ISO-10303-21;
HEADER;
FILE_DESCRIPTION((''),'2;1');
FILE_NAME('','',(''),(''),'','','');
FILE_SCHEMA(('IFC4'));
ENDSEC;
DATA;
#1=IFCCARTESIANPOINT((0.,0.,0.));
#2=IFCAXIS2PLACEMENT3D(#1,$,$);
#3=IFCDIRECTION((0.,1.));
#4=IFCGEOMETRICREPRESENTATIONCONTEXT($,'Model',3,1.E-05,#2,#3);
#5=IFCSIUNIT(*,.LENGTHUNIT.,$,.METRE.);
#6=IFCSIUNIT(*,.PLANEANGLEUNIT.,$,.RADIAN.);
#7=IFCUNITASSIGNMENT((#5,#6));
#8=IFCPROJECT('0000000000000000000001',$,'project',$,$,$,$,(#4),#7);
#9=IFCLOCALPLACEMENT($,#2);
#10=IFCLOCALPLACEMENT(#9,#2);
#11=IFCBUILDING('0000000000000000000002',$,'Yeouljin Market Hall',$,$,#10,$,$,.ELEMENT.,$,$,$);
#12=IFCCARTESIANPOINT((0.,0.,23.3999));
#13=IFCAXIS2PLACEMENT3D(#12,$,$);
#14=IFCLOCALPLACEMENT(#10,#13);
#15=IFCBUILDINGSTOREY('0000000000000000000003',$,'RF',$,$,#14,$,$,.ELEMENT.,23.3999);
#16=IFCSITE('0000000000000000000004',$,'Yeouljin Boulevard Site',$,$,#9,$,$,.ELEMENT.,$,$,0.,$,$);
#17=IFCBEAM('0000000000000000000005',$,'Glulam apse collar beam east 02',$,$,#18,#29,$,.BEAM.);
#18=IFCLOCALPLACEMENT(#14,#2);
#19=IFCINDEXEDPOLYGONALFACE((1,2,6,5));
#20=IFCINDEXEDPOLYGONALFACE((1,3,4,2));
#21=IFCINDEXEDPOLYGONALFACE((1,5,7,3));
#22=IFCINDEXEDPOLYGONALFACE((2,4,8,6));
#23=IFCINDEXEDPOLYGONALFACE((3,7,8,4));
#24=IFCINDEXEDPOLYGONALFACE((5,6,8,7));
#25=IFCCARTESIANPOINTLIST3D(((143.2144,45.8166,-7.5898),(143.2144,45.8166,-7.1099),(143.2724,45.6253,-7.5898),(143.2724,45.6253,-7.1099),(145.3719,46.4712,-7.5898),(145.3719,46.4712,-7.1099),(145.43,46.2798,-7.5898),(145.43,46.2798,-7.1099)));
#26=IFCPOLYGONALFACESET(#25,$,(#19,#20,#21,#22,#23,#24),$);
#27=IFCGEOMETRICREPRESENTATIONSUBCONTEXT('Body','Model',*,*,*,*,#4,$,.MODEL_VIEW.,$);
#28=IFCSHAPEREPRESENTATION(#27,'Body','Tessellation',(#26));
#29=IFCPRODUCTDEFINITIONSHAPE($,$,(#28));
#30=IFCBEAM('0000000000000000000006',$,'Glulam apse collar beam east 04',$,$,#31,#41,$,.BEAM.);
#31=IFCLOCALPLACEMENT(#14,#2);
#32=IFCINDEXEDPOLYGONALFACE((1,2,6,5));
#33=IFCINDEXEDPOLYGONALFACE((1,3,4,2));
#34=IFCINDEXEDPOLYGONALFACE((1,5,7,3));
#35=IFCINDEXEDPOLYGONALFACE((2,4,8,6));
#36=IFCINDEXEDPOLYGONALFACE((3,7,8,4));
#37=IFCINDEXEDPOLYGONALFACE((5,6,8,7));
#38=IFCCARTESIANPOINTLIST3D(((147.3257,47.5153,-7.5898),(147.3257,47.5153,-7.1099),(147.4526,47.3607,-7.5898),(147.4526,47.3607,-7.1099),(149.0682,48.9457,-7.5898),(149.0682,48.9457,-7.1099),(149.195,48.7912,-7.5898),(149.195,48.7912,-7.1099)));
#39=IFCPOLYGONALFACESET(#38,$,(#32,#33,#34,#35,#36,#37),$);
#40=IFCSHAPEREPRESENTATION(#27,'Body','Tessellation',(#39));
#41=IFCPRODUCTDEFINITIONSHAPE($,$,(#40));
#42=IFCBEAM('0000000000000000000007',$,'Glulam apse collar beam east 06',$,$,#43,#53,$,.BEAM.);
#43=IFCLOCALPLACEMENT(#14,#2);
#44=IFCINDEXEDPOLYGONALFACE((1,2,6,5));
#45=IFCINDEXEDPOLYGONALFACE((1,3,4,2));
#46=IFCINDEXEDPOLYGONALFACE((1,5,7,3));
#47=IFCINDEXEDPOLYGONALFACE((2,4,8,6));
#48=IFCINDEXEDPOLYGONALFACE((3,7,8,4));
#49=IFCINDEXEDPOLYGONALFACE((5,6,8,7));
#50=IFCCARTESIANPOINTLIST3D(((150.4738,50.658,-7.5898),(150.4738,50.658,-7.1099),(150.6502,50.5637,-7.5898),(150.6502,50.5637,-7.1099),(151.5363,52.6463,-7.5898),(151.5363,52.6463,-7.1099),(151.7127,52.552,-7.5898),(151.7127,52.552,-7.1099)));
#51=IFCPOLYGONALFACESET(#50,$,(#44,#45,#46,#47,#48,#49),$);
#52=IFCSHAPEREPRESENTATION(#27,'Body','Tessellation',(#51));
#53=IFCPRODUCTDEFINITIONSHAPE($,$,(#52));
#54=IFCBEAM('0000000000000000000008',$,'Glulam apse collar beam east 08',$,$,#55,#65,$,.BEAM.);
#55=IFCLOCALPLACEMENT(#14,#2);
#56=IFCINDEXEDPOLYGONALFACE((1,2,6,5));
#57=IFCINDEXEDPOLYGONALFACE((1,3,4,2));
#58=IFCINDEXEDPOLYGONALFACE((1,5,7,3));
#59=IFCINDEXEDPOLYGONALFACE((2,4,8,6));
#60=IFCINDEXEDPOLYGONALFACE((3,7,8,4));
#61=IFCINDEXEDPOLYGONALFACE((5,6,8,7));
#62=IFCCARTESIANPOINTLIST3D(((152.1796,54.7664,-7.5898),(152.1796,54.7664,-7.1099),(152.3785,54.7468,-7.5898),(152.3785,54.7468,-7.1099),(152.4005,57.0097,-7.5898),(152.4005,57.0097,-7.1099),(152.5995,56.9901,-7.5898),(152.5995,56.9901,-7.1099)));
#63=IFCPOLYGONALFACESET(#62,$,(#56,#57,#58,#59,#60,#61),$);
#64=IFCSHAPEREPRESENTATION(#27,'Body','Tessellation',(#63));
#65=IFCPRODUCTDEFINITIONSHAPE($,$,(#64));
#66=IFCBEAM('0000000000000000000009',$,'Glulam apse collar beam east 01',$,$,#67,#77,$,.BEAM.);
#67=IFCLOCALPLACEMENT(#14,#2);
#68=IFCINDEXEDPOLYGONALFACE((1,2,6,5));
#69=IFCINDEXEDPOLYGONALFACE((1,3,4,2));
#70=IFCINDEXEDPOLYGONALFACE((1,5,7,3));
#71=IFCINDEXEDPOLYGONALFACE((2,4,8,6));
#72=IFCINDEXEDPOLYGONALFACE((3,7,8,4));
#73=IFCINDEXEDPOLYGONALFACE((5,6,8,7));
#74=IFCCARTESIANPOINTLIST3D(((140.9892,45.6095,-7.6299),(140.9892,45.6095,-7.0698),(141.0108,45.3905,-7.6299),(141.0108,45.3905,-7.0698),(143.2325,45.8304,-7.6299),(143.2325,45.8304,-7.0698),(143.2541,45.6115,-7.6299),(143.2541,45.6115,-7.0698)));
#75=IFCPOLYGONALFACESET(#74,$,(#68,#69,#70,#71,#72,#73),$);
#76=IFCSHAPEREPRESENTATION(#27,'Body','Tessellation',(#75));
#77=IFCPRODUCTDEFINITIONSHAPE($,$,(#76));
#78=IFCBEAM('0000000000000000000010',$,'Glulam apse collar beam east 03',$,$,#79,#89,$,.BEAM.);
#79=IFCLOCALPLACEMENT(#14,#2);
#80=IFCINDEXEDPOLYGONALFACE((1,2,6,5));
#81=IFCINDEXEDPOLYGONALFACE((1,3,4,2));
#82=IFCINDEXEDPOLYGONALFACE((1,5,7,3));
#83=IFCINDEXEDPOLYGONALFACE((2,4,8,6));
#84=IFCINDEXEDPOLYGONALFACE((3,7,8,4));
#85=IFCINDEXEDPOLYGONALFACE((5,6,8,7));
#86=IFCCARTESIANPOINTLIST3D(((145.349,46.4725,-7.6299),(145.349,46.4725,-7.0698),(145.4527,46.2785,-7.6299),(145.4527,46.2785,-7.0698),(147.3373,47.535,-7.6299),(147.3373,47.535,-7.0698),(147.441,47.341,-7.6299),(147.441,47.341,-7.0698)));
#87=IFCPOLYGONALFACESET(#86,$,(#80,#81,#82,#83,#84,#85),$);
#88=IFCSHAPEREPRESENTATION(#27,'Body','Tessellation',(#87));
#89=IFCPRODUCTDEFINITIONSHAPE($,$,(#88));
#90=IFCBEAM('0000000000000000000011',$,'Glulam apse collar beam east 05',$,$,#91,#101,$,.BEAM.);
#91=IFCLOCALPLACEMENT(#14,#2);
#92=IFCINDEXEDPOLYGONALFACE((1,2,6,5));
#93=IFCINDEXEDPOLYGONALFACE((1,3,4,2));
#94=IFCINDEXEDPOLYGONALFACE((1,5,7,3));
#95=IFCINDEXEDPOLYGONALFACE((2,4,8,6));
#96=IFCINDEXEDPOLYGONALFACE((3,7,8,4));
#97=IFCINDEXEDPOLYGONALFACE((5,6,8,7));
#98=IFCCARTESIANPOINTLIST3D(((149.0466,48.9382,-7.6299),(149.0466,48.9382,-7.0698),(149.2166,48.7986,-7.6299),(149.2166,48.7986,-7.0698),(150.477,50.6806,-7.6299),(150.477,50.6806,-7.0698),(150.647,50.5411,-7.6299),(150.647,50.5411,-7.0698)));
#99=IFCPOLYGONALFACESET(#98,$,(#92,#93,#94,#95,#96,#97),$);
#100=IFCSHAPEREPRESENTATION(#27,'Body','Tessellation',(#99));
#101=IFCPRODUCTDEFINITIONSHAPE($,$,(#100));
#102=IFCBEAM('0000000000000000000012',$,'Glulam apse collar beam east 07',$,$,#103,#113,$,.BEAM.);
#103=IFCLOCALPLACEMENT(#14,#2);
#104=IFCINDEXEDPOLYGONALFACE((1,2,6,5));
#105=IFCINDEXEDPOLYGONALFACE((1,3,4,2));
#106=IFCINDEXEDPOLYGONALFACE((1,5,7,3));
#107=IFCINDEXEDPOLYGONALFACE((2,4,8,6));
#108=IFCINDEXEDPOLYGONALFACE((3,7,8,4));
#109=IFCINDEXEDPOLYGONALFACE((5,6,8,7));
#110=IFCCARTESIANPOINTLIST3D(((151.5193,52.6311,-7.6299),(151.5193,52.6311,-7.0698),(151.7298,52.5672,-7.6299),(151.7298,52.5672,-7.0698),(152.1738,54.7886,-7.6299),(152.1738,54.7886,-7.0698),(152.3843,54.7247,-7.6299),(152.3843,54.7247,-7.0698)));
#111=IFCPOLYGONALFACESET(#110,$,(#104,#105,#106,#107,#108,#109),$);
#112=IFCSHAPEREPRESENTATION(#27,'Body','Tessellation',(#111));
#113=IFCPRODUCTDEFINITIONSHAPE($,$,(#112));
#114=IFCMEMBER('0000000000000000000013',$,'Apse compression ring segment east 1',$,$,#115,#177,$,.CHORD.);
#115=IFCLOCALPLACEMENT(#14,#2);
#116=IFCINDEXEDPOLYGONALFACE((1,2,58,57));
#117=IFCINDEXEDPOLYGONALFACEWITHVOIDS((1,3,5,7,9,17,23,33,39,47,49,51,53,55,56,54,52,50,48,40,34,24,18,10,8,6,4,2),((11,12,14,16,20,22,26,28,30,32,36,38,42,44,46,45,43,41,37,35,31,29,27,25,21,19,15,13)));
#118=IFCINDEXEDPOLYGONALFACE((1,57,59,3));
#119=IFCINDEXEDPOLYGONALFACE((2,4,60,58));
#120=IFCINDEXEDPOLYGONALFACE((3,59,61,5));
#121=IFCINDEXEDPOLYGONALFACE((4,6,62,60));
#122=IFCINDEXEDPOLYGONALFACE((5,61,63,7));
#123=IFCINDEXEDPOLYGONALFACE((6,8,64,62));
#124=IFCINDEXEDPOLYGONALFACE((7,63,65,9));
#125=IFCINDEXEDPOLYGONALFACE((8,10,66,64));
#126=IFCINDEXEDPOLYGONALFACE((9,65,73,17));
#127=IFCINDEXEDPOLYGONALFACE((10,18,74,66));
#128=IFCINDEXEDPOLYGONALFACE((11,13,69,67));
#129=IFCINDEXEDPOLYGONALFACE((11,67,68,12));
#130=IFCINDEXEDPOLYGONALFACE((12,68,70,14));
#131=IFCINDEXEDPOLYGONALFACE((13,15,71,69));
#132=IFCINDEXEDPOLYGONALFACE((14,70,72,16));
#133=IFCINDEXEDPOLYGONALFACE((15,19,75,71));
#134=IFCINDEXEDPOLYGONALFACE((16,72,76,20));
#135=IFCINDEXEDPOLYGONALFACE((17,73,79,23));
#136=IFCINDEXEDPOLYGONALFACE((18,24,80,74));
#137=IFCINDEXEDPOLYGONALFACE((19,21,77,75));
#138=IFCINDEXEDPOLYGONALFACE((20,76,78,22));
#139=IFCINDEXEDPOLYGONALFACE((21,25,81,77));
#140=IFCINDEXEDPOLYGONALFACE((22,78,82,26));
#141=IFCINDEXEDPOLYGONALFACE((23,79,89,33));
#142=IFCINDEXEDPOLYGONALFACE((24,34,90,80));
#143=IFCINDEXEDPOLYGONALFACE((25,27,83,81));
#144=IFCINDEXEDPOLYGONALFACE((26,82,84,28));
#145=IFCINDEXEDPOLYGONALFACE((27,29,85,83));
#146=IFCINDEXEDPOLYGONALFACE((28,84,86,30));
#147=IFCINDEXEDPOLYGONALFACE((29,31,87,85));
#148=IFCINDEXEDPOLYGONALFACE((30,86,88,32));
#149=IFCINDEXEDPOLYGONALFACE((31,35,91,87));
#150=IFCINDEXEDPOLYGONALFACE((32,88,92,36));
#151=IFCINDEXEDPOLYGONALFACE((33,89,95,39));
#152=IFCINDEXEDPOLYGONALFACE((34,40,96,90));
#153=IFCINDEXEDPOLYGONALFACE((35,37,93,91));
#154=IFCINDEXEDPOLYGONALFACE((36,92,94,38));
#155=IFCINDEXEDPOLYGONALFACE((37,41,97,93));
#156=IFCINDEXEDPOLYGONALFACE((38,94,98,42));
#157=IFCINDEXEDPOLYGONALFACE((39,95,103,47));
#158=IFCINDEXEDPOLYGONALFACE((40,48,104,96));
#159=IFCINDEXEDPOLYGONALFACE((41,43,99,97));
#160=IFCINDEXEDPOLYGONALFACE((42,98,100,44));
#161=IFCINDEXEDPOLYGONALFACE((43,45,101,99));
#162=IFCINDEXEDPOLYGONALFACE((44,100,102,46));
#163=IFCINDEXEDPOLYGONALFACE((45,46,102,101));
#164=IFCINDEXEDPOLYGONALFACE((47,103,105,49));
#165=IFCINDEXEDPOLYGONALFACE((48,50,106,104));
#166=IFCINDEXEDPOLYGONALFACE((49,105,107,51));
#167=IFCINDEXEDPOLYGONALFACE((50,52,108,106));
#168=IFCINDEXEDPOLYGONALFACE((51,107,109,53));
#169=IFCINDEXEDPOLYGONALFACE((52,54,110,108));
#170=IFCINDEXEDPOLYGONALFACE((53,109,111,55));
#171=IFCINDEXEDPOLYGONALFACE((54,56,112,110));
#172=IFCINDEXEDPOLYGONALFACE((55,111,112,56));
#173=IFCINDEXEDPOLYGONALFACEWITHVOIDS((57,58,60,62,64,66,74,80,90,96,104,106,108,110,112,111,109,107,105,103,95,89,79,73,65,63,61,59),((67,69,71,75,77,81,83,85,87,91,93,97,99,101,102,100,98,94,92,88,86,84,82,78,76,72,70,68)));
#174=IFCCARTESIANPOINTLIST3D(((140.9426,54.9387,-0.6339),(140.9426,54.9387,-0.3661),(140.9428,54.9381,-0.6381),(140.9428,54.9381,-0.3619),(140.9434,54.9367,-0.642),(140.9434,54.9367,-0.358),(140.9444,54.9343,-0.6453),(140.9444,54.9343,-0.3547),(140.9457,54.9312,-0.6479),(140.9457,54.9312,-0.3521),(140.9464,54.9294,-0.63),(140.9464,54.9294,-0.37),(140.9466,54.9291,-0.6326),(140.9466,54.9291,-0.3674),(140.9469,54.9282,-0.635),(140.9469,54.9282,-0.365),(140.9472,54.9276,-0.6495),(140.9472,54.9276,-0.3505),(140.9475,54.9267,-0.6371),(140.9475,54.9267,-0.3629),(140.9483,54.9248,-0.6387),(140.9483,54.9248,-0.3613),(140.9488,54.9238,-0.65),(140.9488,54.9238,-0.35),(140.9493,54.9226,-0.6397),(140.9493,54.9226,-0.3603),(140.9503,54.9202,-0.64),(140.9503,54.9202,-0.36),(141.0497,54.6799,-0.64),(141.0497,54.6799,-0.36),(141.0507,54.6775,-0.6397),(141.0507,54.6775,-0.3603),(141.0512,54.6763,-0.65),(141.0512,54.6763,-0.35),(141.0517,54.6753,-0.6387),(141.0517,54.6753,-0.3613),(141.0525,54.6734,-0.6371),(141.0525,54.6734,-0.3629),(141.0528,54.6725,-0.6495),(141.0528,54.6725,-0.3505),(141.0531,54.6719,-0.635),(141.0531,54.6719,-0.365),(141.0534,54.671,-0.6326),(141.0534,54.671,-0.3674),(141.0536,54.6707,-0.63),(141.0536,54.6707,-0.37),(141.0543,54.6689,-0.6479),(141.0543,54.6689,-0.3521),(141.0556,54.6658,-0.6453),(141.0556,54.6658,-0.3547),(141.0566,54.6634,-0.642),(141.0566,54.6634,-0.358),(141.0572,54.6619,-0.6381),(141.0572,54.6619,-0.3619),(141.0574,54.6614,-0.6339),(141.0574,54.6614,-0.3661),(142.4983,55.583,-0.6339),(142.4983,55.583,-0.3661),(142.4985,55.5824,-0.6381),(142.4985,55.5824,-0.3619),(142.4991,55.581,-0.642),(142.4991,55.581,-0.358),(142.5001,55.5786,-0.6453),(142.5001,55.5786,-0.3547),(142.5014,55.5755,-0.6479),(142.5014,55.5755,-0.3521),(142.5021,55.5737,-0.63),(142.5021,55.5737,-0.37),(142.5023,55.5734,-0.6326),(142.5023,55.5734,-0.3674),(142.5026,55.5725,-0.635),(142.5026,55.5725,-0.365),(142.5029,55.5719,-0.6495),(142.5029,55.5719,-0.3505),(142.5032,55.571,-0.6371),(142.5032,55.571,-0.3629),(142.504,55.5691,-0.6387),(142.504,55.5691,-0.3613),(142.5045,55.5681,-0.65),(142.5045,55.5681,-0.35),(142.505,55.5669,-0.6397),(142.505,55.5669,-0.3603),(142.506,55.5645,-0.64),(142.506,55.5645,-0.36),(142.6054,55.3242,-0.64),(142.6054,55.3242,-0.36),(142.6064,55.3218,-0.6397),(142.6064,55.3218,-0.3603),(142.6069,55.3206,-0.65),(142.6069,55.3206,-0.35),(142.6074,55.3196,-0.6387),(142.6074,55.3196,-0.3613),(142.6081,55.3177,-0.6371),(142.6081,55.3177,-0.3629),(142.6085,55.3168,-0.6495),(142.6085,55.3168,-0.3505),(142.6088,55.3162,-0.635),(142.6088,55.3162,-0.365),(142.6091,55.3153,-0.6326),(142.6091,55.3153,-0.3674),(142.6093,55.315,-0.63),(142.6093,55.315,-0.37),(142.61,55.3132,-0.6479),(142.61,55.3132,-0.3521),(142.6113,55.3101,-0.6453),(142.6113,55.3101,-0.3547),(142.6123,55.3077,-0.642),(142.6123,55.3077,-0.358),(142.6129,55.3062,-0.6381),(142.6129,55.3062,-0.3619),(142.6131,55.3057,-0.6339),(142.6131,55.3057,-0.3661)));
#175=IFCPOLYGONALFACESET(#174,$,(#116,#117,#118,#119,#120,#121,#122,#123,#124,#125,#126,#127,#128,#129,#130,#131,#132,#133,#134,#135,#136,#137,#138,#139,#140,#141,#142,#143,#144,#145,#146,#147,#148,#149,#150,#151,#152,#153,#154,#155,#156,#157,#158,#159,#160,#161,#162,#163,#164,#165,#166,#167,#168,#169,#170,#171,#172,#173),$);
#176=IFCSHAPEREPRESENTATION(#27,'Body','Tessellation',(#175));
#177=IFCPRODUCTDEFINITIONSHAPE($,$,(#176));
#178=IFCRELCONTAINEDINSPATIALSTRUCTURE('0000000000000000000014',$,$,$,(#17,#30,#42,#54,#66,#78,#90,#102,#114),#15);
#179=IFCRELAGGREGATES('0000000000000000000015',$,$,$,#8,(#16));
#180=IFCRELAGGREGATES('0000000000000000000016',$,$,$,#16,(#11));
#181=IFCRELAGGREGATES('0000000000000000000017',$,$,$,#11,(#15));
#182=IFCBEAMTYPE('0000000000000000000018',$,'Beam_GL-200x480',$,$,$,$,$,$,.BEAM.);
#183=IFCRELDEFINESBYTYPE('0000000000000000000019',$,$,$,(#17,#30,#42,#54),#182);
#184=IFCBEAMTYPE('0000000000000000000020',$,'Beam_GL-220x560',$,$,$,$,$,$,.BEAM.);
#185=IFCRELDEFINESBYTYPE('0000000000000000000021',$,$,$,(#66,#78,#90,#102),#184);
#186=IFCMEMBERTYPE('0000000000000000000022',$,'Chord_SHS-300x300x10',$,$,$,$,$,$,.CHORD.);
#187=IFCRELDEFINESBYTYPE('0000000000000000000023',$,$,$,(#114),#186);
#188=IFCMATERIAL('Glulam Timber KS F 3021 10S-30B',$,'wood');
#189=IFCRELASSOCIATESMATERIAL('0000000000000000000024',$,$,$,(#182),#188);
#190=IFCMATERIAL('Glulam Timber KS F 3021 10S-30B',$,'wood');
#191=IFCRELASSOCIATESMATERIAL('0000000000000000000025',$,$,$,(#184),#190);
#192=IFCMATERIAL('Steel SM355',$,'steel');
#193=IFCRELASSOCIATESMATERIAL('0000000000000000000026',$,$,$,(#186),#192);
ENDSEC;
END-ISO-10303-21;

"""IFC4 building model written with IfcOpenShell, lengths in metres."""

from ifc_helpers import new_model, si_unit, direction, frame, origin, origin_2d, place, context, subcontext, project, spatial, rectangle, hollow_rectangle, extrude, material, material_profile, profile_set, type_object, element, save


model = new_model("IFC4")

# Units and contexts
model_context = context("Model", 3, precision=1e-05, world=origin(), true_north=direction((0.0, 1.0)))
body_context = subcontext(model_context, "Body", "Model", "MODEL_VIEW")
ifc_project = project(units=[si_unit("LENGTHUNIT", "METRE"), si_unit("PLANEANGLEUNIT", "RADIAN")], contexts=[model_context])

# Site, building, storey
site_placement = place(None, origin())
site = spatial("IfcSite", under=ifc_project, at=site_placement, Name="Yeouljin Boulevard Site", CompositionType="ELEMENT", RefElevation=0.0)
building_placement = place(site_placement, origin())
building = spatial("IfcBuilding", under=site, at=building_placement, Name="Yeouljin Market Hall", CompositionType="ELEMENT")
storey_placement = place(building_placement, frame((0.0, 0.0, 23.3999)))
storey = spatial("IfcBuildingStorey", under=building, at=storey_placement, Name="RF", CompositionType="ELEMENT", Elevation=23.3999)

# Beams
ifc_material_1 = material(Name="Glulam Timber KS F 3021 10S-30B", Category="wood")
ifc_material_profile_1 = material_profile(ifc_material_1, rectangle(XDim=0.2, YDim=0.48, at=origin_2d()), Name="GL-200x480")
ifc_profile_set_1 = profile_set([ifc_material_profile_1], Name="Glulam Timber KS F 3021 10S-30B")
beam_type_1 = type_object("IfcBeamType", Name="Beam_GL-200x480", PredefinedType="BEAM", material=ifc_profile_set_1)
beam_1_placement = place(storey_placement, frame((143.2434, 45.7209, -7.3499), z_axis=(0.956931, 0.290317, 0.0), x_axis=(-0.290317, 0.956931, 0.0)))
element("IfcBeam", 1, at=beam_1_placement, inside=storey, type_object=beam_type_1, Name="Glulam apse collar beam east 02", PredefinedType="BEAM", context=body_context, shape_type="SweptSolid", body=[
    extrude(rectangle(XDim=0.2, YDim=0.48, at=origin_2d()), origin(), (0.0, 0.0, 1.0), 2.2546),
])
for number, where, z_axis, x_axis, name in (
    (2, (147.3892, 47.438, -7.3499), (0.772914, 0.634511, 0.0), (-0.634511, 0.772914, 0.0), "Glulam apse collar beam east 04"),
    (3, (150.562, 50.6108, -7.3499), (0.471308, 0.881969, 0.0), (-0.881969, 0.471308, 0.0), "Glulam apse collar beam east 06"),
):
    element("IfcBeam", number, at=place(storey_placement, frame(where, z_axis=z_axis, x_axis=x_axis)), inside=storey, type_object=beam_type_1, Name=name, PredefinedType="BEAM", context=body_context, shape_type="SweptSolid", body=[
        extrude(rectangle(XDim=0.2, YDim=0.48, at=origin_2d()), origin(), (0.0, 0.0, 1.0), 2.2544),
    ])
beam_2_placement = place(storey_placement, frame((152.2791, 54.7566, -7.3499), z_axis=(0.098013, 0.995185, 0.0), x_axis=(-0.995185, 0.098013, 0.0)))
element("IfcBeam", 4, at=beam_2_placement, inside=storey, type_object=beam_type_1, Name="Glulam apse collar beam east 08", PredefinedType="BEAM", context=body_context, shape_type="SweptSolid", body=[
    extrude(rectangle(XDim=0.2, YDim=0.48, at=origin_2d()), origin(), (0.0, 0.0, 1.0), 2.2542),
])
ifc_material_2 = material(Name="Glulam Timber KS F 3021 10S-30B", Category="wood")
ifc_material_profile_2 = material_profile(ifc_material_2, rectangle(XDim=0.22, YDim=0.5601, at=origin_2d()), Name="GL-220x560")
ifc_profile_set_2 = profile_set([ifc_material_profile_2], Name="Glulam Timber KS F 3021 10S-30B")
beam_type_2 = type_object("IfcBeamType", Name="Beam_GL-220x560", PredefinedType="BEAM", material=ifc_profile_set_2)
beam_3_placement = place(storey_placement, frame((141.0, 45.5, -7.3499), z_axis=(0.995185, 0.098013, 0.0), x_axis=(-0.098013, 0.995185, 0.0)))
element("IfcBeam", 5, at=beam_3_placement, inside=storey, type_object=beam_type_2, Name="Glulam apse collar beam east 01", PredefinedType="BEAM", context=body_context, shape_type="SweptSolid", body=[
    extrude(rectangle(XDim=0.22, YDim=0.5601, at=origin_2d()), origin(), (0.0, 0.0, 1.0), 2.2542),
])
for number, where, z_axis, x_axis, name in (
    (6, (145.4009, 46.3755, -7.3499), (0.881969, 0.471308, 0.0), (-0.471308, 0.881969, 0.0), "Glulam apse collar beam east 03"),
    (7, (149.1316, 48.8684, -7.3499), (0.634511, 0.772914, 0.0), (-0.772914, 0.634511, 0.0), "Glulam apse collar beam east 05"),
):
    element("IfcBeam", number, at=place(storey_placement, frame(where, z_axis=z_axis, x_axis=x_axis)), inside=storey, type_object=beam_type_2, Name=name, PredefinedType="BEAM", context=body_context, shape_type="SweptSolid", body=[
        extrude(rectangle(XDim=0.22, YDim=0.5601, at=origin_2d()), origin(), (0.0, 0.0, 1.0), 2.2544),
    ])
beam_4_placement = place(storey_placement, frame((151.6245, 52.5991, -7.3499), z_axis=(0.290317, 0.956931, 0.0), x_axis=(-0.956931, 0.290317, 0.0)))
element("IfcBeam", 8, at=beam_4_placement, inside=storey, type_object=beam_type_2, Name="Glulam apse collar beam east 07", PredefinedType="BEAM", context=body_context, shape_type="SweptSolid", body=[
    extrude(rectangle(XDim=0.22, YDim=0.5601, at=origin_2d()), origin(), (0.0, 0.0, 1.0), 2.2546),
])

# Member
ifc_material_3 = material(Name="Steel SM355", Category="steel")
ifc_material_profile_3 = material_profile(ifc_material_3, hollow_rectangle(XDim=0.3, YDim=0.3, WallThickness=0.01, InnerFilletRadius=0.01, OuterFilletRadius=0.0161, at=origin_2d()), Name="SHS-300x300x10")
ifc_profile_set_3 = profile_set([ifc_material_profile_3], Name="Steel SM355")
member_type_1 = type_object("IfcMemberType", Name="Chord_SHS-300x300x10", PredefinedType="CHORD", material=ifc_profile_set_3)
for number, where, z_axis, x_axis, name in (
    (9, (141.0, 54.8, -0.5), (0.923898, 0.382638, 0.0), (-0.382638, 0.923898, 0.0), "Apse compression ring segment east 1"),
):
    element("IfcMember", number, at=place(storey_placement, frame(where, z_axis=z_axis, x_axis=x_axis)), inside=storey, type_object=member_type_1, Name=name, PredefinedType="CHORD", context=body_context, shape_type="SweptSolid", body=[
        extrude(hollow_rectangle(XDim=0.3, YDim=0.3, WallThickness=0.01, InnerFilletRadius=0.01, OuterFilletRadius=0.0161, at=origin_2d()), origin(), (0.0, 0.0, 1.0), 1.6838),
    ])

save(model, "model.ifc")
